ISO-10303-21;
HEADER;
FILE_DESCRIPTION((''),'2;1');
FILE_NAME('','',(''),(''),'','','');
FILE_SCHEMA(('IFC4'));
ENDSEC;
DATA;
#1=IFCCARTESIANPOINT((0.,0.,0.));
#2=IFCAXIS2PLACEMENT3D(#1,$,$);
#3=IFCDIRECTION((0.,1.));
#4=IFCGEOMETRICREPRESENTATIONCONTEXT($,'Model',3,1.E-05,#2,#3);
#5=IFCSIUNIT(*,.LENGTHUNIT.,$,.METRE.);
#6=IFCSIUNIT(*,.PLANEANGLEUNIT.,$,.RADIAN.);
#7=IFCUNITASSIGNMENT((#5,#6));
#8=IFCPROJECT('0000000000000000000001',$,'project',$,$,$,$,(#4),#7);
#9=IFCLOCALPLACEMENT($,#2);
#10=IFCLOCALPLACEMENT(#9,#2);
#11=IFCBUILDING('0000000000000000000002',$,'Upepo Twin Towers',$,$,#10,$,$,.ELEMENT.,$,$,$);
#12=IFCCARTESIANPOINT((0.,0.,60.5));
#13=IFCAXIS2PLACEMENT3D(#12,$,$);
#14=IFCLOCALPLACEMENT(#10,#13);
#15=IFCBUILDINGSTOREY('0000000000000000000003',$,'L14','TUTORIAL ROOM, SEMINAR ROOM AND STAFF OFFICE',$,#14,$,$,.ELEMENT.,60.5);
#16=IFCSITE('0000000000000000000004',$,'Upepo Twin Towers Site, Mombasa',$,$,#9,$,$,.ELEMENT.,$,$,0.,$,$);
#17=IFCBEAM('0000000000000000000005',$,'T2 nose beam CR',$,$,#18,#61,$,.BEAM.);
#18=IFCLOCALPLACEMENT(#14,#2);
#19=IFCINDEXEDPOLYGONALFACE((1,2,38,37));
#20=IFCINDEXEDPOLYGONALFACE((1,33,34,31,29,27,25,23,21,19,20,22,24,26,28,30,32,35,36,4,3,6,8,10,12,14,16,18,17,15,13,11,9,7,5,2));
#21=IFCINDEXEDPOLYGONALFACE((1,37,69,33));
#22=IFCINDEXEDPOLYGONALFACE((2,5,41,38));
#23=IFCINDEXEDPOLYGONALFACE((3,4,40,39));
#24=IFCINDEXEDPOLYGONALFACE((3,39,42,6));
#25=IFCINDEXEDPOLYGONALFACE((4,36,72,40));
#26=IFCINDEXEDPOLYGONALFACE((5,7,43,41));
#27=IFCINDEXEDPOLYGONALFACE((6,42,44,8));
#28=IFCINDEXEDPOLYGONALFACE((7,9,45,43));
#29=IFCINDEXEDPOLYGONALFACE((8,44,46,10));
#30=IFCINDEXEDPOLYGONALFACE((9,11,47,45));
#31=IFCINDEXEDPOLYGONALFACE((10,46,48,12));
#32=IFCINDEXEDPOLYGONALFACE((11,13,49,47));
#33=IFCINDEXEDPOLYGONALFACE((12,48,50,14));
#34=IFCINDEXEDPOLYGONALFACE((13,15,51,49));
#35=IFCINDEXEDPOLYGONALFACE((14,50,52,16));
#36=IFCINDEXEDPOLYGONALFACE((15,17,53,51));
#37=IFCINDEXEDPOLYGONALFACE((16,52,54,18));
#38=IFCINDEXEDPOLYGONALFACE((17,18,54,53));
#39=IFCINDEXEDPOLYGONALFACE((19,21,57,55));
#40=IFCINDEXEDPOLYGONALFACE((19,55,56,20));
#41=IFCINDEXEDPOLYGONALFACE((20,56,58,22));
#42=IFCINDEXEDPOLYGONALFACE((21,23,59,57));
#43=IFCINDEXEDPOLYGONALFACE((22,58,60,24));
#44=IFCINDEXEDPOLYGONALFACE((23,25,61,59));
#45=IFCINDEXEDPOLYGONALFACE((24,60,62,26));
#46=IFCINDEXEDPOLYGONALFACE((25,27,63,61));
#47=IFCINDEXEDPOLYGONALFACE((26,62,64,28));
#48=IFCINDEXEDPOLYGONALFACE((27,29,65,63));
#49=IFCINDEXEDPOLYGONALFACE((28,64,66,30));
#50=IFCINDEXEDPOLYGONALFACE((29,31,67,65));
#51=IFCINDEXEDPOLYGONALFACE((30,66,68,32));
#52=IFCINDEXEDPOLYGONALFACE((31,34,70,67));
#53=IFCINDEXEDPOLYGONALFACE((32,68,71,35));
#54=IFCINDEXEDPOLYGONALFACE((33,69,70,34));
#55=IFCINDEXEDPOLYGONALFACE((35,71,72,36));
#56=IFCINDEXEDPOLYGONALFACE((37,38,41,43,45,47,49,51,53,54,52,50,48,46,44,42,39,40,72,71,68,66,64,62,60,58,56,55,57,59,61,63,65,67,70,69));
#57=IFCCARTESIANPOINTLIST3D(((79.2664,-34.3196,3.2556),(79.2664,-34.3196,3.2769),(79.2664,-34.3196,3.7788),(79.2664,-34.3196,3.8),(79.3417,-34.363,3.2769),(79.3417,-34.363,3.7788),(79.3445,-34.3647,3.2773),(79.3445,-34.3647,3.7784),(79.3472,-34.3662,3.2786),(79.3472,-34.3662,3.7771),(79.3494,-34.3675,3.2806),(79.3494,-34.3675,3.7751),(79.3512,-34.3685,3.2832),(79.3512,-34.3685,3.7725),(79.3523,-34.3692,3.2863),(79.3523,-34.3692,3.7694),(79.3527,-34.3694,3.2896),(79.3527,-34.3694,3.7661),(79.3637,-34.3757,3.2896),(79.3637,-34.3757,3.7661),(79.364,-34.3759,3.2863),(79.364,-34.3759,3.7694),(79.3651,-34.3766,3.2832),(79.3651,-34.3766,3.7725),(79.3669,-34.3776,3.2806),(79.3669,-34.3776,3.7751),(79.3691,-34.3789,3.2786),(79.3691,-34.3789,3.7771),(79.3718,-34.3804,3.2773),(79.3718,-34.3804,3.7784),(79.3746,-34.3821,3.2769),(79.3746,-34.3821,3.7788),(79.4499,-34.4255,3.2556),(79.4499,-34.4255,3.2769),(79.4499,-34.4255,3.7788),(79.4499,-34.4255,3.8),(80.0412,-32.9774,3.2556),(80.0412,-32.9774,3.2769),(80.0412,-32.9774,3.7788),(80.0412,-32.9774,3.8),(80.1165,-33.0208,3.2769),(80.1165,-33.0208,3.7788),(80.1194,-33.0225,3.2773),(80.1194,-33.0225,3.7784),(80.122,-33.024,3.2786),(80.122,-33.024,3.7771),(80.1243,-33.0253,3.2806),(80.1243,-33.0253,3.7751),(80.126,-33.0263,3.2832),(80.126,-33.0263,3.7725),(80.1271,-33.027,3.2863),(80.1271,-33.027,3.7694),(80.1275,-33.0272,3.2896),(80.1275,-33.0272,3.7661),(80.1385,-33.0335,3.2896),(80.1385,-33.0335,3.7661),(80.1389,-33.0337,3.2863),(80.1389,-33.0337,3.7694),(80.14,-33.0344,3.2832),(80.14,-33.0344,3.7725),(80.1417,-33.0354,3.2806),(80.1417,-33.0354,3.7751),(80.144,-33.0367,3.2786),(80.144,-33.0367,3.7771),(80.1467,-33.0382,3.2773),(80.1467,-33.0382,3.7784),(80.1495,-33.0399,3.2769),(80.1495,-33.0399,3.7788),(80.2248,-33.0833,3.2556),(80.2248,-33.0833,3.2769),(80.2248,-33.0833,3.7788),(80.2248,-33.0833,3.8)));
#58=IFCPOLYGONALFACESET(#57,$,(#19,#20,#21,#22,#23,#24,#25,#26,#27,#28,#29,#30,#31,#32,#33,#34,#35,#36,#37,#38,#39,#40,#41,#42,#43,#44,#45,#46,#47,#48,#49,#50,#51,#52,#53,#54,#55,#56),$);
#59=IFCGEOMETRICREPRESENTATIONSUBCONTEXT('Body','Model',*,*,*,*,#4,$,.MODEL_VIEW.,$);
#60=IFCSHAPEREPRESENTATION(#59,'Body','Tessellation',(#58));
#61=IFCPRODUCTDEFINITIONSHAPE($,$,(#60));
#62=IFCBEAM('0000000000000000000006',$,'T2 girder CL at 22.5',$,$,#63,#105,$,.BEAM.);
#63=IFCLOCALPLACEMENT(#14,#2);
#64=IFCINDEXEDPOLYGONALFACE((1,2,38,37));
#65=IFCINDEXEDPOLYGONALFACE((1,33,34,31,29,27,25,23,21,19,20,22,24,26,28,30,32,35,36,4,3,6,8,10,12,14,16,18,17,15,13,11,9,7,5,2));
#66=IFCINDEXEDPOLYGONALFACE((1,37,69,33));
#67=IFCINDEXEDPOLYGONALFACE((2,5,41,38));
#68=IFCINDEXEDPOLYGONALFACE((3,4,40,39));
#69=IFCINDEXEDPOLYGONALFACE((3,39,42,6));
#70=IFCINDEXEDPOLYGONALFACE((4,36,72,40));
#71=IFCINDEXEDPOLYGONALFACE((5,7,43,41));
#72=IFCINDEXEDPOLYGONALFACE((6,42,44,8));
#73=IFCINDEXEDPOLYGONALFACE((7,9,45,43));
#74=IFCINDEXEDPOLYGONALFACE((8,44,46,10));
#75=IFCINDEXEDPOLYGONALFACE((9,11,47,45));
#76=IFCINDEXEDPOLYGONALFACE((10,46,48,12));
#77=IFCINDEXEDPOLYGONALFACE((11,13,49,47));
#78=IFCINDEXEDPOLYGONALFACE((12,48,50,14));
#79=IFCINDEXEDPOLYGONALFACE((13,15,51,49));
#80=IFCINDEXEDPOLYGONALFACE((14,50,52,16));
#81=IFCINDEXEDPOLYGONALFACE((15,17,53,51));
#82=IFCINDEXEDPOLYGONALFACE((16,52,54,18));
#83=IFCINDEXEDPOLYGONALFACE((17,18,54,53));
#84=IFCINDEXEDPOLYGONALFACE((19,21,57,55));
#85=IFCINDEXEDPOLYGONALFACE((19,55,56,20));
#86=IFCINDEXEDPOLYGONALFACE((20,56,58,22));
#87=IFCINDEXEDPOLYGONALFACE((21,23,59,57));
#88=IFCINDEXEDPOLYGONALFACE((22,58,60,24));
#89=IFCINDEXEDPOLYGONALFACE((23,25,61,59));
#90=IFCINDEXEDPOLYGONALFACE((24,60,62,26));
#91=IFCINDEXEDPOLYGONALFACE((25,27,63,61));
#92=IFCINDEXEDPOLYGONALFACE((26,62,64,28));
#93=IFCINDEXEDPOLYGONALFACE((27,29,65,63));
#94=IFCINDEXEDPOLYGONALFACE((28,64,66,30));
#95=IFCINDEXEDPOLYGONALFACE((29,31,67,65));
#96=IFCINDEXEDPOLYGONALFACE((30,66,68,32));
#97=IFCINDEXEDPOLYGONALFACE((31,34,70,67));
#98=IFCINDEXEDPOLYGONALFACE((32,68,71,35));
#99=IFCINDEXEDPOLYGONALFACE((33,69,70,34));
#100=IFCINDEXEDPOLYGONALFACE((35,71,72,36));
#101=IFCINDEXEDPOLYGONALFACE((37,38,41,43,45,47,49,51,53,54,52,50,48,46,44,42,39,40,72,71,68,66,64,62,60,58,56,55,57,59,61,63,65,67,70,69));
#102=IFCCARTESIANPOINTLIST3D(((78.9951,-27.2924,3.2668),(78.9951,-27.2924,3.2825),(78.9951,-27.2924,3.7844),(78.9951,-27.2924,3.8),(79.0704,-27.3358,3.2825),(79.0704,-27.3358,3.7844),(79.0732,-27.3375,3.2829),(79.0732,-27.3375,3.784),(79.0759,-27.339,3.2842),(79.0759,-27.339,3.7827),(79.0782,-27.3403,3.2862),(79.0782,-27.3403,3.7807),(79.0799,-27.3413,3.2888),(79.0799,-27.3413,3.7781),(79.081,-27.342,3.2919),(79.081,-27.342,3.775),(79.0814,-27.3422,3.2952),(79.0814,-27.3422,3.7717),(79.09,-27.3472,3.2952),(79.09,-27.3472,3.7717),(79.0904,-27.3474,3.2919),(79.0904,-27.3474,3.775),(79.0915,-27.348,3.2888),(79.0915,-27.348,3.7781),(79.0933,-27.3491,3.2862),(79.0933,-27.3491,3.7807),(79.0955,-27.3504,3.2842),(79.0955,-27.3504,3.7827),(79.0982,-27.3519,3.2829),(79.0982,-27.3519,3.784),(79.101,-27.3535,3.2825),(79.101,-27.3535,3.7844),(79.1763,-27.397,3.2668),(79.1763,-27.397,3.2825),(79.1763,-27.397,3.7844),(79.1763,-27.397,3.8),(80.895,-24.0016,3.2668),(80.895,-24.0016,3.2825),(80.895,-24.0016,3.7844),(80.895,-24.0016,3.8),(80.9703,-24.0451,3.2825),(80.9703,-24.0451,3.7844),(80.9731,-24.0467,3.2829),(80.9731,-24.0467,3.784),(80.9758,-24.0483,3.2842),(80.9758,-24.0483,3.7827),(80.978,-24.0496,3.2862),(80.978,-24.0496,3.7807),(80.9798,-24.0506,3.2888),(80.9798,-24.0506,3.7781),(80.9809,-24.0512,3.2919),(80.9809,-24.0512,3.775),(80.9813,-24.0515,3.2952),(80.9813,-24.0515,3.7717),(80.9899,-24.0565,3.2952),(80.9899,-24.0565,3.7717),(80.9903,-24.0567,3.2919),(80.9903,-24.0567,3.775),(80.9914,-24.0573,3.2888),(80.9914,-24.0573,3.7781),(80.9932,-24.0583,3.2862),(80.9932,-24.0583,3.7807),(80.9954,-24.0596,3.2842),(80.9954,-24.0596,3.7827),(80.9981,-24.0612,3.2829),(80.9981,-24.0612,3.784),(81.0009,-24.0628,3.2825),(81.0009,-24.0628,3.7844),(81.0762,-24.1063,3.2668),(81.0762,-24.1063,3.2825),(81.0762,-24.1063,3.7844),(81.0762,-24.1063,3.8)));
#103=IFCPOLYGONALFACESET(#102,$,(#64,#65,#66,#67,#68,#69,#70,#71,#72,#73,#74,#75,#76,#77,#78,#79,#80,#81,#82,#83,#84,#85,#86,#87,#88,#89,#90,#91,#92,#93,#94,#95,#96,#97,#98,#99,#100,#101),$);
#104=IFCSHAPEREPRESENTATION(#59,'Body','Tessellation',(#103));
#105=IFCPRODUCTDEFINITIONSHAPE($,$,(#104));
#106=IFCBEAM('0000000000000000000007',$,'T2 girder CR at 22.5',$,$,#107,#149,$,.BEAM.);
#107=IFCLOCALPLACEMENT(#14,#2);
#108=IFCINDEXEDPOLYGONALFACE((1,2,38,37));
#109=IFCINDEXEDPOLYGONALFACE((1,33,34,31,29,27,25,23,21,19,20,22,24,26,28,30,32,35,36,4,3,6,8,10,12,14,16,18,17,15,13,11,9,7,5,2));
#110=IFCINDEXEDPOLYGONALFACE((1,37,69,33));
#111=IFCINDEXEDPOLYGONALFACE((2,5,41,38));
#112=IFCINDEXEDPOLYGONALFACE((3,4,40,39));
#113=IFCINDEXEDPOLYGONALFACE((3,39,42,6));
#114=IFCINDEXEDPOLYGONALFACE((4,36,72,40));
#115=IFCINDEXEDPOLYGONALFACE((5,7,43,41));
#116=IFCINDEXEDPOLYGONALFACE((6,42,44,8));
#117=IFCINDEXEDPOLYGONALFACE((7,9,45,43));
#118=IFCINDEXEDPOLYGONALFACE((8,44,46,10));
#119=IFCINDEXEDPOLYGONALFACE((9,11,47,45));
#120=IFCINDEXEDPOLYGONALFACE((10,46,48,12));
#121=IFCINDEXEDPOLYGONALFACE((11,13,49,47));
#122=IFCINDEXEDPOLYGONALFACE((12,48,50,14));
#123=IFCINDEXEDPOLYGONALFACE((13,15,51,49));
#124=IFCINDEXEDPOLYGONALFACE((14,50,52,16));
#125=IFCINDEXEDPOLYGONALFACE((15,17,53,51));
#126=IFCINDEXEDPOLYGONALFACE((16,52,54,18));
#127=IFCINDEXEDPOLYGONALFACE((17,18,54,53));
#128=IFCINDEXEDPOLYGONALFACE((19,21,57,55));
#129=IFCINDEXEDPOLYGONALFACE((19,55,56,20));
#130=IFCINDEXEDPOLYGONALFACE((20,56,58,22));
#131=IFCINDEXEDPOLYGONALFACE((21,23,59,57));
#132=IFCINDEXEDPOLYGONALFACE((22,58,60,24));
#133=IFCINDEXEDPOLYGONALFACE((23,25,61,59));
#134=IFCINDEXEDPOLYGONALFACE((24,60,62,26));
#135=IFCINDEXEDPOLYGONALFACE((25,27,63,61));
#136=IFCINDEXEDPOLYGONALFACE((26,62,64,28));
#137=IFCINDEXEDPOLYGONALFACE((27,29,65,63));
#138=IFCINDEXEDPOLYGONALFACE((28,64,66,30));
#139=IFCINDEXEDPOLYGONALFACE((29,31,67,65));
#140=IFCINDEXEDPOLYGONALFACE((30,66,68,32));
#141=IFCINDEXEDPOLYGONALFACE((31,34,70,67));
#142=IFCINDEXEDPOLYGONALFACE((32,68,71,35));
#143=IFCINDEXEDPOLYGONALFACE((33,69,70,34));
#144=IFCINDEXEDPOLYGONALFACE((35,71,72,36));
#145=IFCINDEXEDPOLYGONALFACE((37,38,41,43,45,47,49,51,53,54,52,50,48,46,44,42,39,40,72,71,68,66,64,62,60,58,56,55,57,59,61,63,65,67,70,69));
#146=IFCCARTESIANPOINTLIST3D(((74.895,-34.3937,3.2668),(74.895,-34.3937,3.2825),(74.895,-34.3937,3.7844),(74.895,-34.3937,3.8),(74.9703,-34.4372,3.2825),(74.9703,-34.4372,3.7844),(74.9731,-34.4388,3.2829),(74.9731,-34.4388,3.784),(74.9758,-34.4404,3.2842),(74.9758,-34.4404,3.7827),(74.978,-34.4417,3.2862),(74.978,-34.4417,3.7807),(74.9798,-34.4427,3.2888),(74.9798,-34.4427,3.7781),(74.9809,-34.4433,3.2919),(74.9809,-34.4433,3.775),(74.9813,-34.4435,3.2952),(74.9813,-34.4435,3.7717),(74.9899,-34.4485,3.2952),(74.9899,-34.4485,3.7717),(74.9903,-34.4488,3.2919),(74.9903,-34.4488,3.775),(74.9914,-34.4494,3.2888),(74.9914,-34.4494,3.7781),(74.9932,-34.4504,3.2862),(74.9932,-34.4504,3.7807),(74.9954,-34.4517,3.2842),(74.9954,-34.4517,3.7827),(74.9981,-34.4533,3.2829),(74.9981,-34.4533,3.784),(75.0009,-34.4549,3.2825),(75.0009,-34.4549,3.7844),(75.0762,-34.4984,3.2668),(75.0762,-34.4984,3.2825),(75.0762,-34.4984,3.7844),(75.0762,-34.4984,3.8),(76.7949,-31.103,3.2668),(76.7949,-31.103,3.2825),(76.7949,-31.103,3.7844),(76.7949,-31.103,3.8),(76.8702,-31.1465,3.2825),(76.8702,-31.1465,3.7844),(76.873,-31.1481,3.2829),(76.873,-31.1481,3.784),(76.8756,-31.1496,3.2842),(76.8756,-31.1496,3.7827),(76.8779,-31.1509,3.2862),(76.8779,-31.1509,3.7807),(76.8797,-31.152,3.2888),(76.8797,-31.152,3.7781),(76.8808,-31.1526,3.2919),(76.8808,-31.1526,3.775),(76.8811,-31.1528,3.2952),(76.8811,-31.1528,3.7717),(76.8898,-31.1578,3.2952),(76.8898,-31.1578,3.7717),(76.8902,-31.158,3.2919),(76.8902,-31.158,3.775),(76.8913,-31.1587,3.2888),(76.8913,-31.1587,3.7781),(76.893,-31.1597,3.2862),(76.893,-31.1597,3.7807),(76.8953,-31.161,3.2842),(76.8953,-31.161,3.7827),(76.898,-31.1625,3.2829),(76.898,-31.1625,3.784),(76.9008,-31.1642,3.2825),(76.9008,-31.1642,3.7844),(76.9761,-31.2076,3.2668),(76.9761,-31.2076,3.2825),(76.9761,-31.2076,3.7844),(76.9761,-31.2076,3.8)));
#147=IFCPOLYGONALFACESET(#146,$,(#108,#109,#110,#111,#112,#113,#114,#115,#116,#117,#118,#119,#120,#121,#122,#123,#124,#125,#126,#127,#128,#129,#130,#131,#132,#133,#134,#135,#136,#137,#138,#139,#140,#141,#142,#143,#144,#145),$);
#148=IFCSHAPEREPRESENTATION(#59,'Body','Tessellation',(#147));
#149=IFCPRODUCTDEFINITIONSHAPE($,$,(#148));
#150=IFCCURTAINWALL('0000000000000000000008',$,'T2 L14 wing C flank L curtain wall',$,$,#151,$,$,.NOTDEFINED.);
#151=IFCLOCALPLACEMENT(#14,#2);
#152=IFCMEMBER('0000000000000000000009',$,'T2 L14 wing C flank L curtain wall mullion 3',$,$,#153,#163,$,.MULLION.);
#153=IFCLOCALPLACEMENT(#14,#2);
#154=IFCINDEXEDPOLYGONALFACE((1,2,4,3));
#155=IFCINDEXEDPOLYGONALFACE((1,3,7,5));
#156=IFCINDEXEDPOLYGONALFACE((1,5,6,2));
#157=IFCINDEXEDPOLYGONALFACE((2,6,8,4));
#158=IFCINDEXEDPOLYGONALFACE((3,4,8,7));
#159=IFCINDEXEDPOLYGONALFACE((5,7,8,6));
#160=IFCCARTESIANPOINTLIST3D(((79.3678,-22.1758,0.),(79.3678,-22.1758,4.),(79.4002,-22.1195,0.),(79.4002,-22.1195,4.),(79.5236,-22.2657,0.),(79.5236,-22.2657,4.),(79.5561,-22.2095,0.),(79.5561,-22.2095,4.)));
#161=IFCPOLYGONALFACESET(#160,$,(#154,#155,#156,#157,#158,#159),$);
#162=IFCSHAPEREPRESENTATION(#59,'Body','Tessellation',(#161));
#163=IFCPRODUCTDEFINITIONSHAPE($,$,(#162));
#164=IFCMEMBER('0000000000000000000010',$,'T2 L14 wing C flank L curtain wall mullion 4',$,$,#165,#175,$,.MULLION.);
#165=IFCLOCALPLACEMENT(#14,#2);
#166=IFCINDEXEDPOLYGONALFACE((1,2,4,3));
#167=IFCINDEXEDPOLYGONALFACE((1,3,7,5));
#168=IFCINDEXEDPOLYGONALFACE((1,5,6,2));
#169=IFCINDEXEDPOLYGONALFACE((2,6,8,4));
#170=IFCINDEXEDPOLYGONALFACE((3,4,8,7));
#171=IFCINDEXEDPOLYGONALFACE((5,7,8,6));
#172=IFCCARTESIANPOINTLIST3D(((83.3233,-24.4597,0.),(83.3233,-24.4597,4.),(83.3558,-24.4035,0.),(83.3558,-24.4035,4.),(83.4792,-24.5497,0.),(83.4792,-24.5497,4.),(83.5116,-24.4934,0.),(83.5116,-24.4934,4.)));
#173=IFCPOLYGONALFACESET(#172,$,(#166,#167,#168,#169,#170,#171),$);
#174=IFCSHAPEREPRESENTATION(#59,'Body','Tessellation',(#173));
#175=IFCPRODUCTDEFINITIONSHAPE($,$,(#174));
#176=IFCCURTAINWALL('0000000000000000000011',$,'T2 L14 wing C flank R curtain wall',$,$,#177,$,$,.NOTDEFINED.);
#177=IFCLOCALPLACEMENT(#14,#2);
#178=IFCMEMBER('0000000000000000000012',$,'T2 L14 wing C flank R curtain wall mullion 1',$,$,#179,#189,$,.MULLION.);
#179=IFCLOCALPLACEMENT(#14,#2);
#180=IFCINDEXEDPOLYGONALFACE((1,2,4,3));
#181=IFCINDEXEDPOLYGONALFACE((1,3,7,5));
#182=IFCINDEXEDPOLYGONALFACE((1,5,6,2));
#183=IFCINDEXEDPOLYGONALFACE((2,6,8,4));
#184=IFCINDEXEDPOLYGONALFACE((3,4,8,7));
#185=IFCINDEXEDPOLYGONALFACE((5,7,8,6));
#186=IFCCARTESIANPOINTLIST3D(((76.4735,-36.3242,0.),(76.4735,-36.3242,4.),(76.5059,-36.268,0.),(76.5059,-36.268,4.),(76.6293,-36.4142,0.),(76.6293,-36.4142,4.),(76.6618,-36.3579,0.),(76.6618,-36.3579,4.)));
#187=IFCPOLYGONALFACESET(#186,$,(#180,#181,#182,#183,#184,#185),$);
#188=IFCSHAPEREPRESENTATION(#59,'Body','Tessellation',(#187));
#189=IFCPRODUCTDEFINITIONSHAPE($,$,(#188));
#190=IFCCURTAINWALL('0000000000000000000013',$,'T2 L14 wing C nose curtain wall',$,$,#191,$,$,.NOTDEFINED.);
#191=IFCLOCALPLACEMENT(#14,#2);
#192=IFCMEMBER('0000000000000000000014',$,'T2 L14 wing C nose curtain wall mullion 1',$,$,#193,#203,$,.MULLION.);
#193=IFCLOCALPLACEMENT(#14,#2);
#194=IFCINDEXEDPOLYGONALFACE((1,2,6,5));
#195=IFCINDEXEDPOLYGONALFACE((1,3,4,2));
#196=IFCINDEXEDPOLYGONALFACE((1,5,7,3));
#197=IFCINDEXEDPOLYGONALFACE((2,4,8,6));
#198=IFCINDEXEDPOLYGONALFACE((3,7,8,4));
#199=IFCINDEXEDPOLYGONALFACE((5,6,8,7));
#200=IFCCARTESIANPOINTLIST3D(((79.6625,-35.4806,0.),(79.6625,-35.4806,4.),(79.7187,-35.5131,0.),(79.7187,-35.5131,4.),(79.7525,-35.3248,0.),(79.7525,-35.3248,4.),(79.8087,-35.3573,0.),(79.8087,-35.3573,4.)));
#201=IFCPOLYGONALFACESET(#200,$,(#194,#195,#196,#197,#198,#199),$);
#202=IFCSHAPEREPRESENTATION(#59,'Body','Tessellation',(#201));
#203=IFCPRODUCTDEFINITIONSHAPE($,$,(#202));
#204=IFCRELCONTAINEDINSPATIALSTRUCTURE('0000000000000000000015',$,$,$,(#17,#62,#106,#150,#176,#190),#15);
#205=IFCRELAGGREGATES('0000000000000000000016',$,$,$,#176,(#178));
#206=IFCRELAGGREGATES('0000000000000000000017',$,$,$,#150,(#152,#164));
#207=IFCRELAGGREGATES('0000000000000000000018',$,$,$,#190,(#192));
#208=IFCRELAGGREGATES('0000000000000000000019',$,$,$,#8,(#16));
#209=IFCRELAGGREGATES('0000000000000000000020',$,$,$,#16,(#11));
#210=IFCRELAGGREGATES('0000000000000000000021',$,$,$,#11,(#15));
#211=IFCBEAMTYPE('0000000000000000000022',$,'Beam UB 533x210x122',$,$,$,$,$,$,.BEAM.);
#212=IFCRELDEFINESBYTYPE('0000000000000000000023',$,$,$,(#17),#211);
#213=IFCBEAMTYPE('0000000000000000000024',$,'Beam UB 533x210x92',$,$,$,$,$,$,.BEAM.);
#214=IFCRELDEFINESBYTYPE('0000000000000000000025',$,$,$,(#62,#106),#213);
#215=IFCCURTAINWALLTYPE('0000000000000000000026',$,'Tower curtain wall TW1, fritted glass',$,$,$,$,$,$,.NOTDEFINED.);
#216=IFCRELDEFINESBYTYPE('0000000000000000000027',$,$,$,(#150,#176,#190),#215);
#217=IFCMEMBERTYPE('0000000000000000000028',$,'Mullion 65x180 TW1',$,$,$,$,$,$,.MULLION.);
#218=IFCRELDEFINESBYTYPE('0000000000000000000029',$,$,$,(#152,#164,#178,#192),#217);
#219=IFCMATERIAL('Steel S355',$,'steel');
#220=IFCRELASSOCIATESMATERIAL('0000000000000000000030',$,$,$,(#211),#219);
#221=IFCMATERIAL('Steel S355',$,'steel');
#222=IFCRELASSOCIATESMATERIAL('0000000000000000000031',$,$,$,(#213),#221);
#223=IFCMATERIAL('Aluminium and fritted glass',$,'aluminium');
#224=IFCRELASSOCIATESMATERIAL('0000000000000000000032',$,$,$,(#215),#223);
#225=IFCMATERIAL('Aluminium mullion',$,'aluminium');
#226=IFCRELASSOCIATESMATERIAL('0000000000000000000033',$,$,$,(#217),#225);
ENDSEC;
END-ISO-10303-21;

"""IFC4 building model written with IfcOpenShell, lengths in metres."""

from ifc_helpers import new_model, si_unit, direction, frame, origin, origin_2d, place, context, subcontext, project, spatial, rectangle, i_section, extrude, material, material_profile, profile_set, type_object, element, aggregate, save


model = new_model("IFC4")

# Units and contexts
model_context = context("Model", 3, precision=1e-05, world=origin(), true_north=direction((0.0, 1.0)))
body_context = subcontext(model_context, "Body", "Model", "MODEL_VIEW")
ifc_project = project(units=[si_unit("LENGTHUNIT", "METRE"), si_unit("PLANEANGLEUNIT", "RADIAN")], contexts=[model_context])

# Site, building, storey
site_placement = place(None, origin())
site = spatial("IfcSite", under=ifc_project, at=site_placement, Name="Upepo Twin Towers Site, Mombasa", CompositionType="ELEMENT", RefElevation=0.0)
building_placement = place(site_placement, origin())
building = spatial("IfcBuilding", under=site, at=building_placement, Name="Upepo Twin Towers", CompositionType="ELEMENT")
storey_placement = place(building_placement, frame((0.0, 0.0, 60.5)))
storey = spatial("IfcBuildingStorey", under=building, at=storey_placement, Name="L14", Description="TUTORIAL ROOM, SEMINAR ROOM AND STAFF OFFICE", CompositionType="ELEMENT", Elevation=60.5)

# Beams
ifc_material_1 = material(Name="Steel S355", Category="steel")
ifc_material_profile_1 = material_profile(ifc_material_1, i_section(OverallWidth=0.2119, OverallDepth=0.5444, WebThickness=0.0127, FlangeThickness=0.0212, FilletRadius=0.0127, at=origin_2d()), Name="UB 533x210x122")
ifc_profile_set_1 = profile_set([ifc_material_profile_1], Name="Steel S355")
beam_type_1 = type_object("IfcBeamType", Name="Beam UB 533x210x122", PredefinedType="BEAM", material=ifc_profile_set_1)
for number, where, z_axis, x_axis, name in (
    (1, (79.3582, -34.3726, 3.5278), (0.499968, 0.866044, 0.0), (-0.866044, 0.499968, 0.0), "T2 nose beam CR"),
):
    element("IfcBeam", number, at=place(storey_placement, frame(where, z_axis=z_axis, x_axis=x_axis)), inside=storey, type_object=beam_type_1, Name=name, PredefinedType="BEAM", context=body_context, shape_type="SweptSolid", body=[
        extrude(i_section(OverallWidth=0.2119, OverallDepth=0.5444, WebThickness=0.0127, FlangeThickness=0.0212, FilletRadius=0.0127, at=origin_2d()), origin(), (0.0, 0.0, 1.0), 1.5498),
    ])
ifc_material_2 = material(Name="Steel S355", Category="steel")
ifc_material_profile_2 = material_profile(ifc_material_2, i_section(OverallWidth=0.2092, OverallDepth=0.5332, WebThickness=0.01, FlangeThickness=0.0156, FilletRadius=0.0127, at=origin_2d()), Name="UB 533x210x92")
ifc_profile_set_2 = profile_set([ifc_material_profile_2], Name="Steel S355")
beam_type_2 = type_object("IfcBeamType", Name="Beam UB 533x210x92", PredefinedType="BEAM", material=ifc_profile_set_2)
for number, where, z_axis, x_axis, name in (
    (2, (80.9856, -24.054, 3.5334), (-0.499995, -0.866028, 0.0), (0.866028, -0.499995, 0.0), "T2 girder CL at 22.5"),
    (3, (74.9856, -34.446, 3.5334), (0.499995, 0.866028, 0.0), (-0.866028, 0.499995, 0.0), "T2 girder CR at 22.5"),
):
    element("IfcBeam", number, at=place(storey_placement, frame(where, z_axis=z_axis, x_axis=x_axis)), inside=storey, type_object=beam_type_2, Name=name, PredefinedType="BEAM", context=body_context, shape_type="SweptSolid", body=[
        extrude(i_section(OverallWidth=0.2092, OverallDepth=0.5332, WebThickness=0.01, FlangeThickness=0.0156, FilletRadius=0.0127, at=origin_2d()), origin(), (0.0, 0.0, 1.0), 3.7998),
    ])

# Curtain wall, members
ifc_material_3 = material(Name="Aluminium and fritted glass", Category="aluminium")
curtain_wall_type = type_object("IfcCurtainWallType", Name="Tower curtain wall TW1, fritted glass", PredefinedType="NOTDEFINED", material=ifc_material_3)
curtain_wall_1_placement = place(storey_placement, origin())
curtain_wall_1 = element("IfcCurtainWall", 4, at=curtain_wall_1_placement, inside=storey, type_object=curtain_wall_type, Name="T2 L14 wing C flank L curtain wall", PredefinedType="NOTDEFINED")
ifc_material_4 = material(Name="Aluminium mullion", Category="aluminium")
ifc_material_profile_3 = material_profile(ifc_material_4, rectangle(XDim=0.0649, YDim=0.1799, at=origin_2d()), Name="MULLION 65x180")
ifc_profile_set_3 = profile_set([ifc_material_profile_3], Name="Aluminium mullion")
member_type_1 = type_object("IfcMemberType", Name="Mullion 65x180 TW1", PredefinedType="MULLION", material=ifc_profile_set_3)
member_1_placement = place(storey_placement, frame((79.4619, -22.1926, 0.0), z_axis=(0.0, 0.0, 1.0), x_axis=(0.5, 0.866025, 0.0)))
member_1 = element("IfcMember", 5, at=member_1_placement, type_object=member_type_1, Name="T2 L14 wing C flank L curtain wall mullion 3", PredefinedType="MULLION", context=body_context, shape_type="SweptSolid", body=[
    extrude(rectangle(XDim=0.0649, YDim=0.1799, at=origin_2d()), origin(), (0.0, 0.0, 1.0), 4.0),
])
member_2_placement = place(storey_placement, frame((83.4175, -24.4766, 0.0), z_axis=(0.0, 0.0, 1.0), x_axis=(0.5, 0.866025, 0.0)))
member_2 = element("IfcMember", 6, at=member_2_placement, type_object=member_type_1, Name="T2 L14 wing C flank L curtain wall mullion 4", PredefinedType="MULLION", context=body_context, shape_type="SweptSolid", body=[
    extrude(rectangle(XDim=0.0649, YDim=0.1799, at=origin_2d()), origin(), (0.0, 0.0, 1.0), 4.0),
])

# Curtain wall, member
curtain_wall_2_placement = place(storey_placement, origin())
curtain_wall_2 = element("IfcCurtainWall", 7, at=curtain_wall_2_placement, inside=storey, type_object=curtain_wall_type, Name="T2 L14 wing C flank R curtain wall", PredefinedType="NOTDEFINED")
member_3_placement = place(storey_placement, frame((76.5676, -36.3411, 0.0), z_axis=(0.0, 0.0, 1.0), x_axis=(-0.5, -0.866025, 0.0)))
member_3 = element("IfcMember", 8, at=member_3_placement, type_object=member_type_1, Name="T2 L14 wing C flank R curtain wall mullion 1", PredefinedType="MULLION", context=body_context, shape_type="SweptSolid", body=[
    extrude(rectangle(XDim=0.0649, YDim=0.1799, at=origin_2d()), origin(), (0.0, 0.0, 1.0), 4.0),
])

# Curtain wall, member
curtain_wall_3_placement = place(storey_placement, origin())
curtain_wall_3 = element("IfcCurtainWall", 9, at=curtain_wall_3_placement, inside=storey, type_object=curtain_wall_type, Name="T2 L14 wing C nose curtain wall", PredefinedType="NOTDEFINED")
member_4_placement = place(storey_placement, frame((79.7356, -35.4189, 0.0), z_axis=(0.0, 0.0, 1.0), x_axis=(-0.866025, 0.5, 0.0)))
member_4 = element("IfcMember", 10, at=member_4_placement, type_object=member_type_1, Name="T2 L14 wing C nose curtain wall mullion 1", PredefinedType="MULLION", context=body_context, shape_type="SweptSolid", body=[
    extrude(rectangle(XDim=0.0649, YDim=0.1799, at=origin_2d()), origin(), (0.0, 0.0, 1.0), 4.0),
])

aggregate(curtain_wall_2, [member_3])

aggregate(curtain_wall_1, [member_1, member_2])
aggregate(curtain_wall_3, [member_4])

save(model, "model.ifc")
